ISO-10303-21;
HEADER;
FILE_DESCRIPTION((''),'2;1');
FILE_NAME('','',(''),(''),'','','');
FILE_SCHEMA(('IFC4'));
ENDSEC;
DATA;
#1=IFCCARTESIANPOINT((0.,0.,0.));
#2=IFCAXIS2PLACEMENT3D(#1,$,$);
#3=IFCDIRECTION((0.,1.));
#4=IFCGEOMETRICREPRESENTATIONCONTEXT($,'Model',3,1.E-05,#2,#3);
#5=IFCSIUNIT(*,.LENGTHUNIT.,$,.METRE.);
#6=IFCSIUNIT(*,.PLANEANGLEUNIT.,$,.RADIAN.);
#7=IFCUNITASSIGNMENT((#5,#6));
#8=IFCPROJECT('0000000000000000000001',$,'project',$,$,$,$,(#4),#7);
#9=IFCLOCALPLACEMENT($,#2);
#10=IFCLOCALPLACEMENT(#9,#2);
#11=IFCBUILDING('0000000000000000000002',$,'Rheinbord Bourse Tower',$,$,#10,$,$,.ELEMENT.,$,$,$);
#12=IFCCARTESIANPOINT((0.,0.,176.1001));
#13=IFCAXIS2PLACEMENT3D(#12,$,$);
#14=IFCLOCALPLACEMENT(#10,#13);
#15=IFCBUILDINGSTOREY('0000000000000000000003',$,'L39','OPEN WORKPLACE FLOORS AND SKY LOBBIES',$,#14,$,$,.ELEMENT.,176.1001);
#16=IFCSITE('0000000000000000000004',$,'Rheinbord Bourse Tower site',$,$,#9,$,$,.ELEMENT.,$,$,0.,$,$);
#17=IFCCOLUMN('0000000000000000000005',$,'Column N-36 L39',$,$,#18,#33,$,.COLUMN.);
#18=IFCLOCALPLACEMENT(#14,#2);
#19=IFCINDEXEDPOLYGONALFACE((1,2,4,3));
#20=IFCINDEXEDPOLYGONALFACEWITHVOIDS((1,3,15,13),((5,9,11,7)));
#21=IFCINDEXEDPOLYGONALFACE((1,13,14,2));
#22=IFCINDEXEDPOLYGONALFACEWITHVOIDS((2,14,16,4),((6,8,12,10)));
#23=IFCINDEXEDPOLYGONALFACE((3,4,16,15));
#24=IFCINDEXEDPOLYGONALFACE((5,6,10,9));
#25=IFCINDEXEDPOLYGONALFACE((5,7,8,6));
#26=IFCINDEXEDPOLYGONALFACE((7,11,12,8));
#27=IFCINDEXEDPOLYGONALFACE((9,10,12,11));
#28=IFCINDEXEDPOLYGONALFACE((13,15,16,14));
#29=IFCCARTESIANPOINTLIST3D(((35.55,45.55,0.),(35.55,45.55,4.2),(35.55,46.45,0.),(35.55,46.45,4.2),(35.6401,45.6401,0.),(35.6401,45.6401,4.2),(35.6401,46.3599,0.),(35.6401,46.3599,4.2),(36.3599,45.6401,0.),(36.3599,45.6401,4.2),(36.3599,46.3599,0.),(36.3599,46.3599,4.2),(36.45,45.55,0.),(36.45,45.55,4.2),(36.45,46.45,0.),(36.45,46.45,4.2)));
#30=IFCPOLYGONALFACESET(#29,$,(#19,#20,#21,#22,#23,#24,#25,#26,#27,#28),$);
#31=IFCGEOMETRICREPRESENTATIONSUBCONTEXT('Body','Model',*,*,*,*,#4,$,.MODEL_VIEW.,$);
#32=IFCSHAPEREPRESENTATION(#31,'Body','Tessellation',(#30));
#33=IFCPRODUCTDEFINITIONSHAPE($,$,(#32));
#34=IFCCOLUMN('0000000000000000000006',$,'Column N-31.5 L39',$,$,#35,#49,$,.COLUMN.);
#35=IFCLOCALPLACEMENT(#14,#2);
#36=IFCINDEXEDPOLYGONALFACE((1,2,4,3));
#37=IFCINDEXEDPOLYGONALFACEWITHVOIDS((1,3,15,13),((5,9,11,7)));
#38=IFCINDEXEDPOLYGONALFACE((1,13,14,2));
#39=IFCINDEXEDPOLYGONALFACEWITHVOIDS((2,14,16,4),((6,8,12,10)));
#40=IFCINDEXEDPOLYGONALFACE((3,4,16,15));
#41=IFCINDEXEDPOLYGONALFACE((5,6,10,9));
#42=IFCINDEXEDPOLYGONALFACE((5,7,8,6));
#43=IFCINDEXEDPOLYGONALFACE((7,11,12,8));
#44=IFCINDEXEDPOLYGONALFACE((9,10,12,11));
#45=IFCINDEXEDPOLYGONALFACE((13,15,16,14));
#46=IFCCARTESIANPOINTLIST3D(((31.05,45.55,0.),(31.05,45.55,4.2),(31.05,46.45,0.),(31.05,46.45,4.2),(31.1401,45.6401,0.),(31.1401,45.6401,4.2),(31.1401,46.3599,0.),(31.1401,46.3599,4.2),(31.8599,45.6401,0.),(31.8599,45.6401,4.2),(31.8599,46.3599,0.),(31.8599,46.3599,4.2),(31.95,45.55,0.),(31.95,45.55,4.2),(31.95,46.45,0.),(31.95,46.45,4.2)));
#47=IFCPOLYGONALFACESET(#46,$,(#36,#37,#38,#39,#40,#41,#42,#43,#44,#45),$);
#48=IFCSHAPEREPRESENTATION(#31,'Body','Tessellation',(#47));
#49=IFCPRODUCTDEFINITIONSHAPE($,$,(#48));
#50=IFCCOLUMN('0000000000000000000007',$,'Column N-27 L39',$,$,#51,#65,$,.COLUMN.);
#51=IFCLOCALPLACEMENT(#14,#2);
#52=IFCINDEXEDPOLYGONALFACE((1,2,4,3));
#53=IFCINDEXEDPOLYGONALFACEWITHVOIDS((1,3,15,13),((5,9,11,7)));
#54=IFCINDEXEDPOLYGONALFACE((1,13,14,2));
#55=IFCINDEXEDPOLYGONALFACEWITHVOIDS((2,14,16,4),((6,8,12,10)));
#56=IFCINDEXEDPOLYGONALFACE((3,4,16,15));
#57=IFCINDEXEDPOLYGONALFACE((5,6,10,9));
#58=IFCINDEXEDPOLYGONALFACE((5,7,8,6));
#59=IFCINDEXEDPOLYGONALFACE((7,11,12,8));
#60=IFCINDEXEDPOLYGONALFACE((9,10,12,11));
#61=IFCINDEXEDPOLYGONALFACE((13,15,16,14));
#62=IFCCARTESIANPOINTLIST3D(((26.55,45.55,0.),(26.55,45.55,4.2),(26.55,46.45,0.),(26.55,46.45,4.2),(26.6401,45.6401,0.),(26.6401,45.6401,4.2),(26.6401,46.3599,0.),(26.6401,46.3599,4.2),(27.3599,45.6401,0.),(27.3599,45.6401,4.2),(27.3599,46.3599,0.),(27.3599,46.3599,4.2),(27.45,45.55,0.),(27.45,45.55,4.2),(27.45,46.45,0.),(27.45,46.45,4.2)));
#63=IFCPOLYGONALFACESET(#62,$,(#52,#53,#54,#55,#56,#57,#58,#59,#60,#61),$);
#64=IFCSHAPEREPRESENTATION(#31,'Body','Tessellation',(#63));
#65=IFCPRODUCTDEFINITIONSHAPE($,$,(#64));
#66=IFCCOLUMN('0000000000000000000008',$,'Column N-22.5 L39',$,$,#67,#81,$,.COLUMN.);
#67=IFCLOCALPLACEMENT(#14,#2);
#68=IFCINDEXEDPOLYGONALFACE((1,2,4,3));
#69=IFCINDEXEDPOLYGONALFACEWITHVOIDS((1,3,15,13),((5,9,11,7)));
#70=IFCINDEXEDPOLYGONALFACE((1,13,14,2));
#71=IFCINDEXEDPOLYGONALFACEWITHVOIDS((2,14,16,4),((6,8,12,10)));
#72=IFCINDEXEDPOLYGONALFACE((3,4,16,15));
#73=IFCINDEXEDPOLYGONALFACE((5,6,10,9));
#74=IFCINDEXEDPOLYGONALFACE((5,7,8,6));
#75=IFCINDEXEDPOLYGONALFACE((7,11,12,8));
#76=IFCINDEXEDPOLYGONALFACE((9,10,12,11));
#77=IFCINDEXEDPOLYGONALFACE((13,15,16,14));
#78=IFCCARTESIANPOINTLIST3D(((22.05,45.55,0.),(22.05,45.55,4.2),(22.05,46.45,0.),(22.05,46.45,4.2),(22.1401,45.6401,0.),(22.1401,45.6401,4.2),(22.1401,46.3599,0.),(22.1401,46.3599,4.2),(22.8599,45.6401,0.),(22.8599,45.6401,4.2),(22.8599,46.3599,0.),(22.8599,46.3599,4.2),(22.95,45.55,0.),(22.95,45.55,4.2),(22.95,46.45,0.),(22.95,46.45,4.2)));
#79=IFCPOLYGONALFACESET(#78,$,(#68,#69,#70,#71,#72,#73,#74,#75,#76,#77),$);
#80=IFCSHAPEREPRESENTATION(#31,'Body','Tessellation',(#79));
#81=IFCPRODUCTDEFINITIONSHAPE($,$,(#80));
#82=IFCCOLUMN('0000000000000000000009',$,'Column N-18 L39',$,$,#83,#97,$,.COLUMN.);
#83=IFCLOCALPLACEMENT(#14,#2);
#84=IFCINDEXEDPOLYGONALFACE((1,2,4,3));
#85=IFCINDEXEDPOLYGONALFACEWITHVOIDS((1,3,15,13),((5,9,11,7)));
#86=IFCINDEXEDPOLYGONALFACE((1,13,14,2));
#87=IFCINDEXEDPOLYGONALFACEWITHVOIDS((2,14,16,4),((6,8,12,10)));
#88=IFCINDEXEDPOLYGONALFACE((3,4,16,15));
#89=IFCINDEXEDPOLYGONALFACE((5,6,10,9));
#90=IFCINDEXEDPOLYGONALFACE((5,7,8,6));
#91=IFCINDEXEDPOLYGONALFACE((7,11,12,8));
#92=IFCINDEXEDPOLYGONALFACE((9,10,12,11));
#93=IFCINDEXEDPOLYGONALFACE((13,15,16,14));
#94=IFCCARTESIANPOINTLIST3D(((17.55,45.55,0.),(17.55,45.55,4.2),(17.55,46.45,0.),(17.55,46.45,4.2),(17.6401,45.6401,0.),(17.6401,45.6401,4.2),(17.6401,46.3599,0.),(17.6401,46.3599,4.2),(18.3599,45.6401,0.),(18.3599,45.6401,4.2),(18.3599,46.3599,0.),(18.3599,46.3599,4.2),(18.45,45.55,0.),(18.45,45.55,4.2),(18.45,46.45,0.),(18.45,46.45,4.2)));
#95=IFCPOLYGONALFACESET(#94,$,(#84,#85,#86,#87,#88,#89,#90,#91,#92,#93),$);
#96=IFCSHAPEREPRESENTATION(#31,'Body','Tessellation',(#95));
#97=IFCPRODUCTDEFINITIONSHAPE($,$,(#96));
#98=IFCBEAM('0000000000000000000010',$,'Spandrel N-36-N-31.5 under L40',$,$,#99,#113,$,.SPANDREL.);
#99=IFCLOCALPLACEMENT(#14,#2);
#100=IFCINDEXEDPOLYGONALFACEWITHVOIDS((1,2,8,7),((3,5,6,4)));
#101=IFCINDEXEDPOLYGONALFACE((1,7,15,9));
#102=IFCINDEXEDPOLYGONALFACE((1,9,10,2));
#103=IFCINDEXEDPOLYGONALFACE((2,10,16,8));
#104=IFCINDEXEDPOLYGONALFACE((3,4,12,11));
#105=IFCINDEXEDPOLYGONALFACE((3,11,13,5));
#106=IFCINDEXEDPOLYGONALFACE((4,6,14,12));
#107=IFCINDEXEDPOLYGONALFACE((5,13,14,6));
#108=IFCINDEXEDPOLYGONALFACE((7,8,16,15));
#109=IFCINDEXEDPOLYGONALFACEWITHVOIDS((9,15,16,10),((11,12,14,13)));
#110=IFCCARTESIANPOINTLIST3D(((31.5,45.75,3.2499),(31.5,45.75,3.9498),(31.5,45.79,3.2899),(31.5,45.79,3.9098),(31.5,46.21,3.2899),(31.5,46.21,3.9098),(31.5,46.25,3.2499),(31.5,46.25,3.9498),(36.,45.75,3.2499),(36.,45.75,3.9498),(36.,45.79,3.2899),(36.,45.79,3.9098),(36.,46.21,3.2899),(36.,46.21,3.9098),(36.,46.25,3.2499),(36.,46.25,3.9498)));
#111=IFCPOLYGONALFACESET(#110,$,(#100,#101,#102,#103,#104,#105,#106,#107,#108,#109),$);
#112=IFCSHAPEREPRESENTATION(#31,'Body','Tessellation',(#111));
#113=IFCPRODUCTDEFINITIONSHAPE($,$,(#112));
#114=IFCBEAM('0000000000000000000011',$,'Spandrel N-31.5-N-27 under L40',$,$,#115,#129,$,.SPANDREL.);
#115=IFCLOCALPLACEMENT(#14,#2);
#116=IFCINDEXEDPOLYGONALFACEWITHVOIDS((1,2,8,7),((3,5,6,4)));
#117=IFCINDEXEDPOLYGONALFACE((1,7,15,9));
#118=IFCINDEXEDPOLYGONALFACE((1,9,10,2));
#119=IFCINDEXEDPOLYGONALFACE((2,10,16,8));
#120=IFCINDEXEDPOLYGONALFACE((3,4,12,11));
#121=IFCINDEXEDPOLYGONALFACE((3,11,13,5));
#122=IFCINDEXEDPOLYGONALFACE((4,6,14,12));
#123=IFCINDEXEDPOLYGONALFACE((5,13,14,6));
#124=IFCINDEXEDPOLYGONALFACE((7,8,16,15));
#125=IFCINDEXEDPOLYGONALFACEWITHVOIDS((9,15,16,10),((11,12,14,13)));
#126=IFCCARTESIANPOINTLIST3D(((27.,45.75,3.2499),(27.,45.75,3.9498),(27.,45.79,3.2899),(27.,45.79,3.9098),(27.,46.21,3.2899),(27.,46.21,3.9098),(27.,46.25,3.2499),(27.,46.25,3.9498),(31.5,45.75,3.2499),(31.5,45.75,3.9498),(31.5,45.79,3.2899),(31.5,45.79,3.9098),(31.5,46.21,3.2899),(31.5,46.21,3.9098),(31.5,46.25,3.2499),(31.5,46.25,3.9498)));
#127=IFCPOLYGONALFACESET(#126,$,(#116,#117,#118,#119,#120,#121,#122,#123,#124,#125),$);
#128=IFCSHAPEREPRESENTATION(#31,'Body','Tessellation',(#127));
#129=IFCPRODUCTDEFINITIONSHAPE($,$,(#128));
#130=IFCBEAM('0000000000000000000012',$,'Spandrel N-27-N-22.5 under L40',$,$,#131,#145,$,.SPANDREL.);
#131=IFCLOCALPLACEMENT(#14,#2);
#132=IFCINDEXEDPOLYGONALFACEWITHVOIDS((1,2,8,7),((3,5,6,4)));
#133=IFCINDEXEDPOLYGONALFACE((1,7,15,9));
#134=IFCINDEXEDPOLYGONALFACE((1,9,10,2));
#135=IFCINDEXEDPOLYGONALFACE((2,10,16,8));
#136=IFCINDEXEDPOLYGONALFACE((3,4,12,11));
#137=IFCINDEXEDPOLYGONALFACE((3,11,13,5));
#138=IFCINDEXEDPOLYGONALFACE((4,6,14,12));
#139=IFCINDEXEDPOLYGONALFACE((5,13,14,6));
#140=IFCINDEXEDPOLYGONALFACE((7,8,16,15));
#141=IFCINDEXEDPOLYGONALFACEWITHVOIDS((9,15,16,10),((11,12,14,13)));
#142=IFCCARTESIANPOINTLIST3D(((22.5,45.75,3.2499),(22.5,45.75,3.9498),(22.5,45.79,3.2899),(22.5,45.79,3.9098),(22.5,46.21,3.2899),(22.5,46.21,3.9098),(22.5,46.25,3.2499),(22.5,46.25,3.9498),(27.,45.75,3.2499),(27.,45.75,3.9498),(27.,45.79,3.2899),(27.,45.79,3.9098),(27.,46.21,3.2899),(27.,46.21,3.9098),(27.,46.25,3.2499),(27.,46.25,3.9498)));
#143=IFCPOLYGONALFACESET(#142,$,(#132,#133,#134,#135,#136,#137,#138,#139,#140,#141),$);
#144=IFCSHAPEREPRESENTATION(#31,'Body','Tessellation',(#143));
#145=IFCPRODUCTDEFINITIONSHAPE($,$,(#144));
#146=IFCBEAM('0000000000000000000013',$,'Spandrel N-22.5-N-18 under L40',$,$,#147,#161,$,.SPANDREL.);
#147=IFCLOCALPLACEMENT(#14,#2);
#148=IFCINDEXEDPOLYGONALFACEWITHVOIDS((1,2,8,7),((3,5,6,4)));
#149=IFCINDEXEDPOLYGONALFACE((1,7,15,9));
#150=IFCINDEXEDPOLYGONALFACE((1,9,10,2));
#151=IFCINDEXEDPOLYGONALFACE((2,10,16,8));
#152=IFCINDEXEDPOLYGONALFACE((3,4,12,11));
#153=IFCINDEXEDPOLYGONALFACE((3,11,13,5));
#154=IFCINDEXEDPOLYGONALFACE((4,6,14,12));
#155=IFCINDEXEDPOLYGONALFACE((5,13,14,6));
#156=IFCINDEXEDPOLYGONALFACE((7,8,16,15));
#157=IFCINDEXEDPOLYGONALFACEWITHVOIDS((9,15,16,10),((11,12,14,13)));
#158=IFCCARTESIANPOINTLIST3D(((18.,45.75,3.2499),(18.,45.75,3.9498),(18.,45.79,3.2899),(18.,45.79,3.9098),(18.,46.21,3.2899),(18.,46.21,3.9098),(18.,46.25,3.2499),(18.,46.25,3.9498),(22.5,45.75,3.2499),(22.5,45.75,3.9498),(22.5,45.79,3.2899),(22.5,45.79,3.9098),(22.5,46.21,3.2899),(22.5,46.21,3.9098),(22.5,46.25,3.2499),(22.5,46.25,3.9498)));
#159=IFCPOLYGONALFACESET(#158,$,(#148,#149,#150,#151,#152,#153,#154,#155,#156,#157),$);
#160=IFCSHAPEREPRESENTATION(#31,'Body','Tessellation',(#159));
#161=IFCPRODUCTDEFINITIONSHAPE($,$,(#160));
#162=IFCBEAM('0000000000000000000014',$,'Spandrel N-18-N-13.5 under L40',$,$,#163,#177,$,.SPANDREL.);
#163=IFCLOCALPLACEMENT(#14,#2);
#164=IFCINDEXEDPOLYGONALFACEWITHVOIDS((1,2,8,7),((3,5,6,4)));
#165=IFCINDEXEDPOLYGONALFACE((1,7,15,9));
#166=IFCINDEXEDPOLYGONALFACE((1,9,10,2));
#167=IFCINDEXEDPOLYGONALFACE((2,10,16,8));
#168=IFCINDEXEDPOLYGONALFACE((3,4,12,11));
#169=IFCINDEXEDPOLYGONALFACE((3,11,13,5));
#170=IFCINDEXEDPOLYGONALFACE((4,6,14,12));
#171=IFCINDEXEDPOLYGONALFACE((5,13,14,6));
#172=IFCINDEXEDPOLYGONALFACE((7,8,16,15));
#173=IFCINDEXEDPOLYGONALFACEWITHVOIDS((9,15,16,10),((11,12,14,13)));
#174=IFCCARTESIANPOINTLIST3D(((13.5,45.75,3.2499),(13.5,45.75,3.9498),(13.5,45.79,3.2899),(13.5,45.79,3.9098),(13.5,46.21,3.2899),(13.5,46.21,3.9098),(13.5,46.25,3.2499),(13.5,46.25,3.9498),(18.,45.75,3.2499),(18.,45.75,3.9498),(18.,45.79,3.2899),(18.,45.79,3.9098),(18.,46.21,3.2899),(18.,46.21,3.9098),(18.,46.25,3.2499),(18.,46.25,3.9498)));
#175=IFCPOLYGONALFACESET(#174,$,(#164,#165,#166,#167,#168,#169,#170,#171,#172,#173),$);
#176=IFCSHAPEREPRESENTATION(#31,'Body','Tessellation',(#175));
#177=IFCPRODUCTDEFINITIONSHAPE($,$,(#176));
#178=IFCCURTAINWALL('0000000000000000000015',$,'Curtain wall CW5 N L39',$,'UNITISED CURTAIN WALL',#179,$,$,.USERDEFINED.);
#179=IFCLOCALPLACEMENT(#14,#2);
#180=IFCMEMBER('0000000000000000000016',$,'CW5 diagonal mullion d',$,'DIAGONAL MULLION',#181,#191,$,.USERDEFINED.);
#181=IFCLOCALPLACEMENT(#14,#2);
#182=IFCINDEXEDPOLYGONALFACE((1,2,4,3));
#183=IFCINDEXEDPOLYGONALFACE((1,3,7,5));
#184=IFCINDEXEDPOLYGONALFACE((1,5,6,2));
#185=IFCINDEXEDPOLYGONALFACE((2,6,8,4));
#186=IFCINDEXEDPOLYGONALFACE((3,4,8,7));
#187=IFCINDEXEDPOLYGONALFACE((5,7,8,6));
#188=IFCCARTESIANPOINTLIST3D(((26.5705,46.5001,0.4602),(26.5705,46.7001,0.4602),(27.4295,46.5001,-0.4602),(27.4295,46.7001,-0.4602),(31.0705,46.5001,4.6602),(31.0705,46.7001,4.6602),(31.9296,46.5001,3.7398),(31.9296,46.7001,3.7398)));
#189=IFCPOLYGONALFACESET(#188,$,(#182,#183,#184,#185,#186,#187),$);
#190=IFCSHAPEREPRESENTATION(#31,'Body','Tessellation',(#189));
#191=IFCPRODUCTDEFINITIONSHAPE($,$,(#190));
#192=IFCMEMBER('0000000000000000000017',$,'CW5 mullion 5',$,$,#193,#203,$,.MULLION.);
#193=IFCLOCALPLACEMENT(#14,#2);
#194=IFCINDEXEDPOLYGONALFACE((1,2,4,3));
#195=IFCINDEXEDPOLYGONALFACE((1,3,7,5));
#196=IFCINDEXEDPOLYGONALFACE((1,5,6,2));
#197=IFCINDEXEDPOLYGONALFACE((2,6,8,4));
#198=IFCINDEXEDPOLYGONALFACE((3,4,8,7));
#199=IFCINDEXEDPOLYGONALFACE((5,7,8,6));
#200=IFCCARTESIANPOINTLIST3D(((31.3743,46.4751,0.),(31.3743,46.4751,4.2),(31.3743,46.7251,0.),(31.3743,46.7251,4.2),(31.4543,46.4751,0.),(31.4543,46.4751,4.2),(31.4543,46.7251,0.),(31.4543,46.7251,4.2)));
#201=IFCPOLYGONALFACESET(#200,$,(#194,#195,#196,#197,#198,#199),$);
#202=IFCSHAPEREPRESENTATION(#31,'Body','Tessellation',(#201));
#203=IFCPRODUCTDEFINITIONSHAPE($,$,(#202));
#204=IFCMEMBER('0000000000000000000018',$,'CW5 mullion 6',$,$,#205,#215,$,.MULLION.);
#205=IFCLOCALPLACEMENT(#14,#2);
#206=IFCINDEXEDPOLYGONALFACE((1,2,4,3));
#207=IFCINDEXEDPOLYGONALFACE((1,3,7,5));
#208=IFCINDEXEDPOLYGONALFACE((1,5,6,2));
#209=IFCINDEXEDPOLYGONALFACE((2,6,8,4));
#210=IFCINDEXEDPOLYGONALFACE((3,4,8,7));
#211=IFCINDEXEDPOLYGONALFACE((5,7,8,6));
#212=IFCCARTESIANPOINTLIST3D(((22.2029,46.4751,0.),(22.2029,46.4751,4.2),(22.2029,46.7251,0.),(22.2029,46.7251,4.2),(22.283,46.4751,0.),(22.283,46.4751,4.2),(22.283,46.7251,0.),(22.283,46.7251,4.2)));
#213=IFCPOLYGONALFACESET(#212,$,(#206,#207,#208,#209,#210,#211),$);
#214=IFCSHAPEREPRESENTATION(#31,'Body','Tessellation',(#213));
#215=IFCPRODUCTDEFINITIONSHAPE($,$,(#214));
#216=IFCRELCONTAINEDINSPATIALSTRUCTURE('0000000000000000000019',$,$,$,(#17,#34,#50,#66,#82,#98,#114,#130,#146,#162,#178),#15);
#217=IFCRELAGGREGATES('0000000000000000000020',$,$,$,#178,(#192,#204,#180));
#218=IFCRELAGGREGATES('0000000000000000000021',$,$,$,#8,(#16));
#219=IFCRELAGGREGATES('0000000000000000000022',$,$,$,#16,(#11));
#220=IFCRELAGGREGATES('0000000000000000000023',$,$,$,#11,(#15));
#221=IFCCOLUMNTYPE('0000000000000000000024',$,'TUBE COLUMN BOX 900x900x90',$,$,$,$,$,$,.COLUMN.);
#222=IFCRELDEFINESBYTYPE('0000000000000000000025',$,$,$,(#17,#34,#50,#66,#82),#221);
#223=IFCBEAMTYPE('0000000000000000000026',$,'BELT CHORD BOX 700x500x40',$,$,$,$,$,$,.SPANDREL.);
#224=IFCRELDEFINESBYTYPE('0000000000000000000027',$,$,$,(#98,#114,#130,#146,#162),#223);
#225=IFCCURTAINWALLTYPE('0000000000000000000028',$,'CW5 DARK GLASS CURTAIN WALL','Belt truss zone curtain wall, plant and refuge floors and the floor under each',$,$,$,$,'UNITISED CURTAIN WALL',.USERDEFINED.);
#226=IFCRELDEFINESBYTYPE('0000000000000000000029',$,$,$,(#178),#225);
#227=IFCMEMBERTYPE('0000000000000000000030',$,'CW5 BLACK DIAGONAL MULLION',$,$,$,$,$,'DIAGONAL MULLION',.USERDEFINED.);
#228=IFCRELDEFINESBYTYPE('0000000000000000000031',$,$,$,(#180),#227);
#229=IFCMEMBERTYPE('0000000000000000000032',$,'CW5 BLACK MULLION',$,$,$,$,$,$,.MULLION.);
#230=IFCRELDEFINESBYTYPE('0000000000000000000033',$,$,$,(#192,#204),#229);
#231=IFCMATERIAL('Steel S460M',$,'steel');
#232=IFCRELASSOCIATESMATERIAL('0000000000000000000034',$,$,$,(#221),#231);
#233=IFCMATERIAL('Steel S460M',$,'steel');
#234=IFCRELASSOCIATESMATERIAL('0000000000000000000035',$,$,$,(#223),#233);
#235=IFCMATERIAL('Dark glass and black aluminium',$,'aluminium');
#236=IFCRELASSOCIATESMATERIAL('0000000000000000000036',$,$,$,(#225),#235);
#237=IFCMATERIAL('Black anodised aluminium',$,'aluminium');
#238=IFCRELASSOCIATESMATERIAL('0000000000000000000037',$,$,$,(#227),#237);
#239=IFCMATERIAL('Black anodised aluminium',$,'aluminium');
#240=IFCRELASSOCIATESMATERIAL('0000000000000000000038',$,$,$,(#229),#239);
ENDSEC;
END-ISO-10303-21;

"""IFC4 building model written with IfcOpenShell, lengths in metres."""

from ifc_helpers import new_model, si_unit, direction, frame, origin, origin_2d, place, context, subcontext, project, spatial, rectangle, hollow_rectangle, extrude, material, material_profile, profile_set, type_object, element, aggregate, save


model = new_model("IFC4")

# Units and contexts
model_context = context("Model", 3, precision=1e-05, world=origin(), true_north=direction((0.0, 1.0)))
body_context = subcontext(model_context, "Body", "Model", "MODEL_VIEW")
ifc_project = project(units=[si_unit("LENGTHUNIT", "METRE"), si_unit("PLANEANGLEUNIT", "RADIAN")], contexts=[model_context])

# Site, building, storey
site_placement = place(None, origin())
site = spatial("IfcSite", under=ifc_project, at=site_placement, Name="Rheinbord Bourse Tower site", CompositionType="ELEMENT", RefElevation=0.0)
building_placement = place(site_placement, origin())
building = spatial("IfcBuilding", under=site, at=building_placement, Name="Rheinbord Bourse Tower", CompositionType="ELEMENT")
storey_placement = place(building_placement, frame((0.0, 0.0, 176.1001)))
storey = spatial("IfcBuildingStorey", under=building, at=storey_placement, Name="L39", Description="OPEN WORKPLACE FLOORS AND SKY LOBBIES", CompositionType="ELEMENT", Elevation=176.1001)

# Columns
ifc_material_1 = material(Name="Steel S460M", Category="steel")
ifc_material_profile_1 = material_profile(ifc_material_1, hollow_rectangle(XDim=0.8999, YDim=0.8999, WallThickness=0.0901, at=origin_2d()), Name="BOX 900x900x90")
ifc_profile_set_1 = profile_set([ifc_material_profile_1], Name="Steel S460M")
column_type = type_object("IfcColumnType", Name="TUBE COLUMN BOX 900x900x90", PredefinedType="COLUMN", material=ifc_profile_set_1)
for number, where, z_axis, x_axis, name in (
    (1, (36.0, 46.0, 0.0), (0.0, 0.0, 1.0), (0.0, 1.0, 0.0), "Column N-36 L39"),
    (2, (31.5, 46.0, 0.0), (0.0, 0.0, 1.0), (0.0, 1.0, 0.0), "Column N-31.5 L39"),
    (3, (27.0, 46.0, 0.0), (0.0, 0.0, 1.0), (0.0, 1.0, 0.0), "Column N-27 L39"),
    (4, (22.5, 46.0, 0.0), (0.0, 0.0, 1.0), (0.0, 1.0, 0.0), "Column N-22.5 L39"),
    (5, (18.0, 46.0, 0.0), (0.0, 0.0, 1.0), (0.0, 1.0, 0.0), "Column N-18 L39"),
):
    element("IfcColumn", number, at=place(storey_placement, frame(where, z_axis=z_axis, x_axis=x_axis)), inside=storey, type_object=column_type, Name=name, PredefinedType="COLUMN", context=body_context, shape_type="SweptSolid", body=[
        extrude(hollow_rectangle(XDim=0.8999, YDim=0.8999, WallThickness=0.0901, at=origin_2d()), origin(), (0.0, 0.0, 1.0), 4.2),
    ])

# Beams
ifc_material_2 = material(Name="Steel S460M", Category="steel")
ifc_material_profile_2 = material_profile(ifc_material_2, hollow_rectangle(XDim=0.5, YDim=0.7, WallThickness=0.04, at=origin_2d()), Name="BOX 700x500x40")
ifc_profile_set_2 = profile_set([ifc_material_profile_2], Name="Steel S460M")
beam_type_1 = type_object("IfcBeamType", Name="BELT CHORD BOX 700x500x40", PredefinedType="SPANDREL", material=ifc_profile_set_2)
for number, where, z_axis, x_axis, name in (
    (6, (36.0, 46.0, 3.5999), (-1.0, 0.0, 0.0), (0.0, -1.0, 0.0), "Spandrel N-36-N-31.5 under L40"),
    (7, (31.5, 46.0, 3.5999), (-1.0, 0.0, 0.0), (0.0, -1.0, 0.0), "Spandrel N-31.5-N-27 under L40"),
    (8, (27.0, 46.0, 3.5999), (-1.0, 0.0, 0.0), (0.0, -1.0, 0.0), "Spandrel N-27-N-22.5 under L40"),
    (9, (22.5, 46.0, 3.5999), (-1.0, 0.0, 0.0), (0.0, -1.0, 0.0), "Spandrel N-22.5-N-18 under L40"),
    (10, (18.0, 46.0, 3.5999), (-1.0, 0.0, 0.0), (0.0, -1.0, 0.0), "Spandrel N-18-N-13.5 under L40"),
):
    element("IfcBeam", number, at=place(storey_placement, frame(where, z_axis=z_axis, x_axis=x_axis)), inside=storey, type_object=beam_type_1, Name=name, PredefinedType="SPANDREL", context=body_context, shape_type="SweptSolid", body=[
        extrude(hollow_rectangle(XDim=0.5, YDim=0.7, WallThickness=0.04, at=origin_2d()), origin(), (0.0, 0.0, 1.0), 4.5),
    ])

# Curtain wall, members
ifc_material_3 = material(Name="Dark glass and black aluminium", Category="aluminium")
curtain_wall_type = type_object("IfcCurtainWallType", Name="CW5 DARK GLASS CURTAIN WALL", Description="Belt truss zone curtain wall, plant and refuge floors and the floor under each", ElementType="UNITISED CURTAIN WALL", PredefinedType="USERDEFINED", material=ifc_material_3)
curtain_wall_placement = place(storey_placement, origin())
curtain_wall = element("IfcCurtainWall", 11, at=curtain_wall_placement, inside=storey, type_object=curtain_wall_type, Name="Curtain wall CW5 N L39", ObjectType="UNITISED CURTAIN WALL", PredefinedType="USERDEFINED")
ifc_material_4 = material(Name="Black anodised aluminium", Category="aluminium")
ifc_material_profile_3 = material_profile(ifc_material_4, rectangle(XDim=0.2, YDim=1.259, at=origin_2d()), Name="CW5 DIAGONAL MULLION 1259x200")
ifc_profile_set_3 = profile_set([ifc_material_profile_3], Name="Black anodised aluminium")
member_type_1 = type_object("IfcMemberType", Name="CW5 BLACK DIAGONAL MULLION", ElementType="DIAGONAL MULLION", PredefinedType="USERDEFINED", material=ifc_profile_set_3)
member_1_placement = place(storey_placement, frame((27.0, 46.6001, 0.0), z_axis=(0.731059, 0.0, 0.682314), x_axis=(0.0, 1.0, 0.0)))
member_1 = element("IfcMember", 12, at=member_1_placement, type_object=member_type_1, Name="CW5 diagonal mullion d", ObjectType="DIAGONAL MULLION", PredefinedType="USERDEFINED", context=body_context, shape_type="SweptSolid", body=[
    extrude(rectangle(XDim=0.2, YDim=1.259, at=origin_2d()), origin(), (0.0, 0.0, 1.0), 6.1555),
])
ifc_material_5 = material(Name="Black anodised aluminium", Category="aluminium")
ifc_material_profile_4 = material_profile(ifc_material_5, rectangle(XDim=0.25, YDim=0.0801, at=origin_2d()), Name="CW5 MULLION 80x250")
ifc_profile_set_4 = profile_set([ifc_material_profile_4], Name="Black anodised aluminium")
member_type_2 = type_object("IfcMemberType", Name="CW5 BLACK MULLION", PredefinedType="MULLION", material=ifc_profile_set_4)
member_2_placement = place(storey_placement, frame((31.4143, 46.6001, 0.0), z_axis=(0.0, 0.0, 1.0), x_axis=(0.0, -1.0, 0.0)))
member_2 = element("IfcMember", 13, at=member_2_placement, type_object=member_type_2, Name="CW5 mullion 5", PredefinedType="MULLION", context=body_context, shape_type="SweptSolid", body=[
    extrude(rectangle(XDim=0.25, YDim=0.0801, at=origin_2d()), origin(), (0.0, 0.0, 1.0), 4.2),
])
member_3_placement = place(storey_placement, frame((22.2429, 46.6001, 0.0), z_axis=(0.0, 0.0, 1.0), x_axis=(0.0, -1.0, 0.0)))
member_3 = element("IfcMember", 14, at=member_3_placement, type_object=member_type_2, Name="CW5 mullion 6", PredefinedType="MULLION", context=body_context, shape_type="SweptSolid", body=[
    extrude(rectangle(XDim=0.25, YDim=0.0801, at=origin_2d()), origin(), (0.0, 0.0, 1.0), 4.2),
])

aggregate(curtain_wall, [member_2, member_3, member_1])

save(model, "model.ifc")
